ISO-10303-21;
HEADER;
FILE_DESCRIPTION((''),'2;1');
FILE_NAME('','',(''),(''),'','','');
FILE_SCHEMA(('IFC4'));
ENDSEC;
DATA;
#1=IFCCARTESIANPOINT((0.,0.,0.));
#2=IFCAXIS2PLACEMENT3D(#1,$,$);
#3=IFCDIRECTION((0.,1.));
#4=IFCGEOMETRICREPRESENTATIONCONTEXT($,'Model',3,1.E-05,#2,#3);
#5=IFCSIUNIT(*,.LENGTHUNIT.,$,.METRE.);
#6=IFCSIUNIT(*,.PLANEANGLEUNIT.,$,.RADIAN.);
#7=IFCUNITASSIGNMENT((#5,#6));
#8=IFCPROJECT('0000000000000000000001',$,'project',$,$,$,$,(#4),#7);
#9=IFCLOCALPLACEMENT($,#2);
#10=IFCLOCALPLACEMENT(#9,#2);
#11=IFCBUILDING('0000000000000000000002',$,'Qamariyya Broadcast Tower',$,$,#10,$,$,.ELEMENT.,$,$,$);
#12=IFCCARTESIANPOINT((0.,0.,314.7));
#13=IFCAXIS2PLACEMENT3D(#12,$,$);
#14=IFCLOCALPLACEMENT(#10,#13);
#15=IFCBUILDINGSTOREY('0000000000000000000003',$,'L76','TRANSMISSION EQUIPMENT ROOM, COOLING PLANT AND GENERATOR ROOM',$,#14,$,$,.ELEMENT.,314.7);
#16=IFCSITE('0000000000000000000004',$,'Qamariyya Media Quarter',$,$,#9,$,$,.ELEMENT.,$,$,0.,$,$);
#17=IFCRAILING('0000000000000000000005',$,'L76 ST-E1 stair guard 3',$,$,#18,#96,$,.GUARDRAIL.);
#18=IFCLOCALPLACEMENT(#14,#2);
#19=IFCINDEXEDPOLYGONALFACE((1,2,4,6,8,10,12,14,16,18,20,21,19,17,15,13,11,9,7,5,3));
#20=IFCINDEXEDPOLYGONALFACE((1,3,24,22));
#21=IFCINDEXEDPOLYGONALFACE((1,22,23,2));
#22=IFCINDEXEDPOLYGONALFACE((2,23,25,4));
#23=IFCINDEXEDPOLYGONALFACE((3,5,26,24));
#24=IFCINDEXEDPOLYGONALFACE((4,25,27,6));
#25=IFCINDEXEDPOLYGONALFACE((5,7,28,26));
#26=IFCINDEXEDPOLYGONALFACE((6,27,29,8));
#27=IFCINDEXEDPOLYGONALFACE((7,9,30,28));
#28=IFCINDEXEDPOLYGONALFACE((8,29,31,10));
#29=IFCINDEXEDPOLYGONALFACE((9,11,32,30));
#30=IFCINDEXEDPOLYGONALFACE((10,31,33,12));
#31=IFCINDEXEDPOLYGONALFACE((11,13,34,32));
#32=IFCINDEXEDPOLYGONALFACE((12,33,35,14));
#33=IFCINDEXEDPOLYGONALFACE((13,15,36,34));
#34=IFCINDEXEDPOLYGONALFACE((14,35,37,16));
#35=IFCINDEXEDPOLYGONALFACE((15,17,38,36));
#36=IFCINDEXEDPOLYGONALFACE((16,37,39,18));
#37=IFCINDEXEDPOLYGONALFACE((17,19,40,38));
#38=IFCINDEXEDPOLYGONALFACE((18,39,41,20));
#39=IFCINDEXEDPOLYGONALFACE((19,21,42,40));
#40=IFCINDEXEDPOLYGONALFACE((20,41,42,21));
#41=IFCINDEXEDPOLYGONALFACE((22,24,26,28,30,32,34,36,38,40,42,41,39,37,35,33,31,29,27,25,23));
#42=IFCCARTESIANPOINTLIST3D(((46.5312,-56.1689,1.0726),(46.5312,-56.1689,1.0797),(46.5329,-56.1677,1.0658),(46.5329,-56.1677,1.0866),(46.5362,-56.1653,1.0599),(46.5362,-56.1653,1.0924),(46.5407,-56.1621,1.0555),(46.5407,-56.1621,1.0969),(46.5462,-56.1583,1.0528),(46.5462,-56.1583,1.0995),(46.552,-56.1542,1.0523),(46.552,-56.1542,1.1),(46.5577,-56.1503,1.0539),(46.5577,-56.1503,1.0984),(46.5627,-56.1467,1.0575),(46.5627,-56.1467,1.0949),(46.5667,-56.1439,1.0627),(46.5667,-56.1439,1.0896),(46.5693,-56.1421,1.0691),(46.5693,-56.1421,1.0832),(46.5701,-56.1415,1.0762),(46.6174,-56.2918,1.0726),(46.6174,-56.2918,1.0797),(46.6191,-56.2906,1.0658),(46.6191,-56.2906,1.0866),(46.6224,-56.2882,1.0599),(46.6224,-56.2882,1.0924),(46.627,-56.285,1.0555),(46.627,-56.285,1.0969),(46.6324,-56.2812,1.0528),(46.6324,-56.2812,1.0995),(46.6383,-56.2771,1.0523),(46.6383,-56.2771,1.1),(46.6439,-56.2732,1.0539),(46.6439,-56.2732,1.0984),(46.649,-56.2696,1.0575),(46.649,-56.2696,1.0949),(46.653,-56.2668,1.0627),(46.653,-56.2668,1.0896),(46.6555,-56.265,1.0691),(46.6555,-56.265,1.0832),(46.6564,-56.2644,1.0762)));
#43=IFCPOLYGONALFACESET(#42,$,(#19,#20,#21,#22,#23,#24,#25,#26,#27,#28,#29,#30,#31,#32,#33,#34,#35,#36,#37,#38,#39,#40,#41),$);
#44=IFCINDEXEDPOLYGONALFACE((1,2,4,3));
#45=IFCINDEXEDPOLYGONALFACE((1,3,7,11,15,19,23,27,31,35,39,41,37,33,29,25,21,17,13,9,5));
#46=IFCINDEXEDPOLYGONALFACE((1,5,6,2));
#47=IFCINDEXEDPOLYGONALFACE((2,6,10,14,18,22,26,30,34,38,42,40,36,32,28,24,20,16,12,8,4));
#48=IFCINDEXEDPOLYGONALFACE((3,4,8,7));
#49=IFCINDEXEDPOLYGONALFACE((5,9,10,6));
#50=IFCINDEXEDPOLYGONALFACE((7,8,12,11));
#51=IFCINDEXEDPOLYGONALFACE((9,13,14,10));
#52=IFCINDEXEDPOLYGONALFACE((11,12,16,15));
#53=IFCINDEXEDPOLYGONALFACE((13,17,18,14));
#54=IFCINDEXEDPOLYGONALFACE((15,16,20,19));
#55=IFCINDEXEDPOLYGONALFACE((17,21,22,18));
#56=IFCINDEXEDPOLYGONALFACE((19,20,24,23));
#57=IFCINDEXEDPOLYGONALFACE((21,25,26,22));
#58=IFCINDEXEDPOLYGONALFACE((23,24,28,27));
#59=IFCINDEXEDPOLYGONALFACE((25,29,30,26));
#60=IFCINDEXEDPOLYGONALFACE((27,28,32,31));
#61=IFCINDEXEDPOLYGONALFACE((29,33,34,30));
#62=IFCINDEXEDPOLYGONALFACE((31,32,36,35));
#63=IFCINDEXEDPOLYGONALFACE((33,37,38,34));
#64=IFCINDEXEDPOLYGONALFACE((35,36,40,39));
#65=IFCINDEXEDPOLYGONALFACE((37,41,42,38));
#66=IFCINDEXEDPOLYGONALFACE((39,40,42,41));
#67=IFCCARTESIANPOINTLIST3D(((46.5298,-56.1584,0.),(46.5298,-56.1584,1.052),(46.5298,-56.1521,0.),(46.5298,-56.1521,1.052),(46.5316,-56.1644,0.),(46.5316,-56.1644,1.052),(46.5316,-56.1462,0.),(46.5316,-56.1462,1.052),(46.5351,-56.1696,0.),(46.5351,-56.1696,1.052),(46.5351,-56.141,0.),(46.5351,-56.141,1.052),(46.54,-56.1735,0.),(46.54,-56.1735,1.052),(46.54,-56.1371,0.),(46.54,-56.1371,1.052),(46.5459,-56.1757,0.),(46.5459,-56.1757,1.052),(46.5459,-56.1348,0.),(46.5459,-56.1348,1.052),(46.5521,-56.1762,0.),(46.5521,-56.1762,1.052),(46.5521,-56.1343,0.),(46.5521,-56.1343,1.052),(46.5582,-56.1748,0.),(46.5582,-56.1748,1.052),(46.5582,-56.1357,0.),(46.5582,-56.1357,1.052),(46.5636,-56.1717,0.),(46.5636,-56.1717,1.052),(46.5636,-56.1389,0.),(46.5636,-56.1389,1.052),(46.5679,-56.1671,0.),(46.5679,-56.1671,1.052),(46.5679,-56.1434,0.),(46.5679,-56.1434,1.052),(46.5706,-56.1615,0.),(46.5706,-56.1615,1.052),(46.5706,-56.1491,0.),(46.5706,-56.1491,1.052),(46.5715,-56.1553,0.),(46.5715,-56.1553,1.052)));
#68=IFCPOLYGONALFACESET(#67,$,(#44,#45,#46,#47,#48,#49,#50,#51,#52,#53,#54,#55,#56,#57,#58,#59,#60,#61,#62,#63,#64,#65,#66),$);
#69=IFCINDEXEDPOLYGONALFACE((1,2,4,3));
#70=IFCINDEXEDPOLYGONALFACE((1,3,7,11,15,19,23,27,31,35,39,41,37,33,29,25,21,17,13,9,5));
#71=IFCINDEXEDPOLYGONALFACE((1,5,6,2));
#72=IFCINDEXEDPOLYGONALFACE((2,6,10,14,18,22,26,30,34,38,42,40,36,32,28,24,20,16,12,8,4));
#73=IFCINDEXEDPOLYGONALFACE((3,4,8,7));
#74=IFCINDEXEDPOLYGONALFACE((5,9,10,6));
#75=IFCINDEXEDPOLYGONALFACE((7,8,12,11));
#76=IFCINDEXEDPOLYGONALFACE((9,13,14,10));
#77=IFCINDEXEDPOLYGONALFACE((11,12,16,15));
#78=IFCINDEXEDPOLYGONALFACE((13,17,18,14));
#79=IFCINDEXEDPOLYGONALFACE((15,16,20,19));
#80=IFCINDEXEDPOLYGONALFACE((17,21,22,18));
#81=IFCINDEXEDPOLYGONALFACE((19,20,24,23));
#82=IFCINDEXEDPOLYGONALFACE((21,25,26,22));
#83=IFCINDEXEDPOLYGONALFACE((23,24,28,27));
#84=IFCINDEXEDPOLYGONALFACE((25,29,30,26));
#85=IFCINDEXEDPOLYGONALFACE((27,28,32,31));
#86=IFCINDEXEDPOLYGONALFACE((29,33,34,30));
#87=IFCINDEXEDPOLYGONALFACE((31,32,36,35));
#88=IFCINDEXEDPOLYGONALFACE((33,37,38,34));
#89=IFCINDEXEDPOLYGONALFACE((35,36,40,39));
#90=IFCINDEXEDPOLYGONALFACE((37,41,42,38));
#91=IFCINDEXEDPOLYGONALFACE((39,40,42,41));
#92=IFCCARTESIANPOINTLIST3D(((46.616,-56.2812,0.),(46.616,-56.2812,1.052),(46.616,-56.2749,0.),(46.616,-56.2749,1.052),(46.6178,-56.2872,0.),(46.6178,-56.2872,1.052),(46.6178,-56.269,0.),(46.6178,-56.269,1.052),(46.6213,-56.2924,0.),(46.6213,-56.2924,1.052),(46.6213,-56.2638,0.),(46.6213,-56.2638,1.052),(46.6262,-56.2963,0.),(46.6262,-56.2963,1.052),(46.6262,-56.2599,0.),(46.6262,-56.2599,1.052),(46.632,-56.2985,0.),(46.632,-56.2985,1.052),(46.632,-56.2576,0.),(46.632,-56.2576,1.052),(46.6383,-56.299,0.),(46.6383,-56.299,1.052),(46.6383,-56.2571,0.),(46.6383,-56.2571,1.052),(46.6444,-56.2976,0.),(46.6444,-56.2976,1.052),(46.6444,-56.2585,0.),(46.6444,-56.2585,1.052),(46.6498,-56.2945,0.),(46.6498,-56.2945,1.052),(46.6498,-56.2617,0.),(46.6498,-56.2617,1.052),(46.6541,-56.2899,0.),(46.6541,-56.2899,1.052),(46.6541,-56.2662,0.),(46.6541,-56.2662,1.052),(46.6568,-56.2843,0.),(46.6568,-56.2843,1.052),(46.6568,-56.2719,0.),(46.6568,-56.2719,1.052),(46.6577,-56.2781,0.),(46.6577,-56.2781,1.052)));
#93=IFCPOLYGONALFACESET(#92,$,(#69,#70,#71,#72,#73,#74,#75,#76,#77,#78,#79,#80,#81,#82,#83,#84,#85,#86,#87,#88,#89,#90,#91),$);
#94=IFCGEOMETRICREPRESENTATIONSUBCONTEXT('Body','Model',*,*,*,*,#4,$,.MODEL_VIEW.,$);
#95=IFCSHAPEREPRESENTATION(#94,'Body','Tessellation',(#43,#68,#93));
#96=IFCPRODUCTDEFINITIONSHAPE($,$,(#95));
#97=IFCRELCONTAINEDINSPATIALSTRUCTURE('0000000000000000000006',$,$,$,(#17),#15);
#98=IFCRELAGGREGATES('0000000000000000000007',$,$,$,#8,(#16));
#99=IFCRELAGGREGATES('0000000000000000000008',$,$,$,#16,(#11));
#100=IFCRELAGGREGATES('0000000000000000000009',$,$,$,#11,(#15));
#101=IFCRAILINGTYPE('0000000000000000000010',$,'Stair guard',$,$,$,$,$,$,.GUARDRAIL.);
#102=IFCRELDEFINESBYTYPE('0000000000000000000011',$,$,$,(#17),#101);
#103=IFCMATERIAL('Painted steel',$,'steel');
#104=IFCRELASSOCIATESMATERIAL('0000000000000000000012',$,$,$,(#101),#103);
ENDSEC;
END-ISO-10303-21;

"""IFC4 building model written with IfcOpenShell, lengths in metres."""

from ifc_helpers import new_model, si_unit, direction, frame, origin, origin_2d, place, context, subcontext, project, spatial, circle, extrude, material, type_object, element, save


model = new_model("IFC4")

# Units and contexts
model_context = context("Model", 3, precision=1e-05, world=origin(), true_north=direction((0.0, 1.0)))
body_context = subcontext(model_context, "Body", "Model", "MODEL_VIEW")
ifc_project = project(units=[si_unit("LENGTHUNIT", "METRE"), si_unit("PLANEANGLEUNIT", "RADIAN")], contexts=[model_context])

# Site, building, storey
site_placement = place(None, origin())
site = spatial("IfcSite", under=ifc_project, at=site_placement, Name="Qamariyya Media Quarter", CompositionType="ELEMENT", RefElevation=0.0)
building_placement = place(site_placement, origin())
building = spatial("IfcBuilding", under=site, at=building_placement, Name="Qamariyya Broadcast Tower", CompositionType="ELEMENT")
storey_placement = place(building_placement, frame((0.0, 0.0, 314.7)))
storey = spatial("IfcBuildingStorey", under=building, at=storey_placement, Name="L76", Description="TRANSMISSION EQUIPMENT ROOM, COOLING PLANT AND GENERATOR ROOM", CompositionType="ELEMENT", Elevation=314.7)

# Railing
ifc_material_1 = material(Name="Painted steel", Category="steel")
railing_type_1 = type_object("IfcRailingType", Name="Stair guard", PredefinedType="GUARDRAIL", material=ifc_material_1)
railing_1_placement = place(storey_placement, frame((46.5505, -56.1553, 0.0)))
element("IfcRailing", 1, at=railing_1_placement, inside=storey, type_object=railing_type_1, Name="L76 ST-E1 stair guard 3", PredefinedType="GUARDRAIL", context=body_context, shape_type="SweptSolid", body=[
    extrude(circle(Radius=0.0239, at=origin_2d()), frame((0.0, 0.0, 1.0762), z_axis=(0.574445, -0.818543, 0.0), x_axis=(0.818543, 0.574445, 0.0)), (0.0, 0.0, 1.0), 0.1501),
    extrude(circle(Radius=0.021, at=origin_2d()), origin(), (0.0, 0.0, 1.0), 1.052),
    extrude(circle(Radius=0.021, at=origin_2d()), frame((0.0862, -0.1228, 0.0)), (0.0, 0.0, 1.0), 1.052),
])

save(model, "model.ifc")
